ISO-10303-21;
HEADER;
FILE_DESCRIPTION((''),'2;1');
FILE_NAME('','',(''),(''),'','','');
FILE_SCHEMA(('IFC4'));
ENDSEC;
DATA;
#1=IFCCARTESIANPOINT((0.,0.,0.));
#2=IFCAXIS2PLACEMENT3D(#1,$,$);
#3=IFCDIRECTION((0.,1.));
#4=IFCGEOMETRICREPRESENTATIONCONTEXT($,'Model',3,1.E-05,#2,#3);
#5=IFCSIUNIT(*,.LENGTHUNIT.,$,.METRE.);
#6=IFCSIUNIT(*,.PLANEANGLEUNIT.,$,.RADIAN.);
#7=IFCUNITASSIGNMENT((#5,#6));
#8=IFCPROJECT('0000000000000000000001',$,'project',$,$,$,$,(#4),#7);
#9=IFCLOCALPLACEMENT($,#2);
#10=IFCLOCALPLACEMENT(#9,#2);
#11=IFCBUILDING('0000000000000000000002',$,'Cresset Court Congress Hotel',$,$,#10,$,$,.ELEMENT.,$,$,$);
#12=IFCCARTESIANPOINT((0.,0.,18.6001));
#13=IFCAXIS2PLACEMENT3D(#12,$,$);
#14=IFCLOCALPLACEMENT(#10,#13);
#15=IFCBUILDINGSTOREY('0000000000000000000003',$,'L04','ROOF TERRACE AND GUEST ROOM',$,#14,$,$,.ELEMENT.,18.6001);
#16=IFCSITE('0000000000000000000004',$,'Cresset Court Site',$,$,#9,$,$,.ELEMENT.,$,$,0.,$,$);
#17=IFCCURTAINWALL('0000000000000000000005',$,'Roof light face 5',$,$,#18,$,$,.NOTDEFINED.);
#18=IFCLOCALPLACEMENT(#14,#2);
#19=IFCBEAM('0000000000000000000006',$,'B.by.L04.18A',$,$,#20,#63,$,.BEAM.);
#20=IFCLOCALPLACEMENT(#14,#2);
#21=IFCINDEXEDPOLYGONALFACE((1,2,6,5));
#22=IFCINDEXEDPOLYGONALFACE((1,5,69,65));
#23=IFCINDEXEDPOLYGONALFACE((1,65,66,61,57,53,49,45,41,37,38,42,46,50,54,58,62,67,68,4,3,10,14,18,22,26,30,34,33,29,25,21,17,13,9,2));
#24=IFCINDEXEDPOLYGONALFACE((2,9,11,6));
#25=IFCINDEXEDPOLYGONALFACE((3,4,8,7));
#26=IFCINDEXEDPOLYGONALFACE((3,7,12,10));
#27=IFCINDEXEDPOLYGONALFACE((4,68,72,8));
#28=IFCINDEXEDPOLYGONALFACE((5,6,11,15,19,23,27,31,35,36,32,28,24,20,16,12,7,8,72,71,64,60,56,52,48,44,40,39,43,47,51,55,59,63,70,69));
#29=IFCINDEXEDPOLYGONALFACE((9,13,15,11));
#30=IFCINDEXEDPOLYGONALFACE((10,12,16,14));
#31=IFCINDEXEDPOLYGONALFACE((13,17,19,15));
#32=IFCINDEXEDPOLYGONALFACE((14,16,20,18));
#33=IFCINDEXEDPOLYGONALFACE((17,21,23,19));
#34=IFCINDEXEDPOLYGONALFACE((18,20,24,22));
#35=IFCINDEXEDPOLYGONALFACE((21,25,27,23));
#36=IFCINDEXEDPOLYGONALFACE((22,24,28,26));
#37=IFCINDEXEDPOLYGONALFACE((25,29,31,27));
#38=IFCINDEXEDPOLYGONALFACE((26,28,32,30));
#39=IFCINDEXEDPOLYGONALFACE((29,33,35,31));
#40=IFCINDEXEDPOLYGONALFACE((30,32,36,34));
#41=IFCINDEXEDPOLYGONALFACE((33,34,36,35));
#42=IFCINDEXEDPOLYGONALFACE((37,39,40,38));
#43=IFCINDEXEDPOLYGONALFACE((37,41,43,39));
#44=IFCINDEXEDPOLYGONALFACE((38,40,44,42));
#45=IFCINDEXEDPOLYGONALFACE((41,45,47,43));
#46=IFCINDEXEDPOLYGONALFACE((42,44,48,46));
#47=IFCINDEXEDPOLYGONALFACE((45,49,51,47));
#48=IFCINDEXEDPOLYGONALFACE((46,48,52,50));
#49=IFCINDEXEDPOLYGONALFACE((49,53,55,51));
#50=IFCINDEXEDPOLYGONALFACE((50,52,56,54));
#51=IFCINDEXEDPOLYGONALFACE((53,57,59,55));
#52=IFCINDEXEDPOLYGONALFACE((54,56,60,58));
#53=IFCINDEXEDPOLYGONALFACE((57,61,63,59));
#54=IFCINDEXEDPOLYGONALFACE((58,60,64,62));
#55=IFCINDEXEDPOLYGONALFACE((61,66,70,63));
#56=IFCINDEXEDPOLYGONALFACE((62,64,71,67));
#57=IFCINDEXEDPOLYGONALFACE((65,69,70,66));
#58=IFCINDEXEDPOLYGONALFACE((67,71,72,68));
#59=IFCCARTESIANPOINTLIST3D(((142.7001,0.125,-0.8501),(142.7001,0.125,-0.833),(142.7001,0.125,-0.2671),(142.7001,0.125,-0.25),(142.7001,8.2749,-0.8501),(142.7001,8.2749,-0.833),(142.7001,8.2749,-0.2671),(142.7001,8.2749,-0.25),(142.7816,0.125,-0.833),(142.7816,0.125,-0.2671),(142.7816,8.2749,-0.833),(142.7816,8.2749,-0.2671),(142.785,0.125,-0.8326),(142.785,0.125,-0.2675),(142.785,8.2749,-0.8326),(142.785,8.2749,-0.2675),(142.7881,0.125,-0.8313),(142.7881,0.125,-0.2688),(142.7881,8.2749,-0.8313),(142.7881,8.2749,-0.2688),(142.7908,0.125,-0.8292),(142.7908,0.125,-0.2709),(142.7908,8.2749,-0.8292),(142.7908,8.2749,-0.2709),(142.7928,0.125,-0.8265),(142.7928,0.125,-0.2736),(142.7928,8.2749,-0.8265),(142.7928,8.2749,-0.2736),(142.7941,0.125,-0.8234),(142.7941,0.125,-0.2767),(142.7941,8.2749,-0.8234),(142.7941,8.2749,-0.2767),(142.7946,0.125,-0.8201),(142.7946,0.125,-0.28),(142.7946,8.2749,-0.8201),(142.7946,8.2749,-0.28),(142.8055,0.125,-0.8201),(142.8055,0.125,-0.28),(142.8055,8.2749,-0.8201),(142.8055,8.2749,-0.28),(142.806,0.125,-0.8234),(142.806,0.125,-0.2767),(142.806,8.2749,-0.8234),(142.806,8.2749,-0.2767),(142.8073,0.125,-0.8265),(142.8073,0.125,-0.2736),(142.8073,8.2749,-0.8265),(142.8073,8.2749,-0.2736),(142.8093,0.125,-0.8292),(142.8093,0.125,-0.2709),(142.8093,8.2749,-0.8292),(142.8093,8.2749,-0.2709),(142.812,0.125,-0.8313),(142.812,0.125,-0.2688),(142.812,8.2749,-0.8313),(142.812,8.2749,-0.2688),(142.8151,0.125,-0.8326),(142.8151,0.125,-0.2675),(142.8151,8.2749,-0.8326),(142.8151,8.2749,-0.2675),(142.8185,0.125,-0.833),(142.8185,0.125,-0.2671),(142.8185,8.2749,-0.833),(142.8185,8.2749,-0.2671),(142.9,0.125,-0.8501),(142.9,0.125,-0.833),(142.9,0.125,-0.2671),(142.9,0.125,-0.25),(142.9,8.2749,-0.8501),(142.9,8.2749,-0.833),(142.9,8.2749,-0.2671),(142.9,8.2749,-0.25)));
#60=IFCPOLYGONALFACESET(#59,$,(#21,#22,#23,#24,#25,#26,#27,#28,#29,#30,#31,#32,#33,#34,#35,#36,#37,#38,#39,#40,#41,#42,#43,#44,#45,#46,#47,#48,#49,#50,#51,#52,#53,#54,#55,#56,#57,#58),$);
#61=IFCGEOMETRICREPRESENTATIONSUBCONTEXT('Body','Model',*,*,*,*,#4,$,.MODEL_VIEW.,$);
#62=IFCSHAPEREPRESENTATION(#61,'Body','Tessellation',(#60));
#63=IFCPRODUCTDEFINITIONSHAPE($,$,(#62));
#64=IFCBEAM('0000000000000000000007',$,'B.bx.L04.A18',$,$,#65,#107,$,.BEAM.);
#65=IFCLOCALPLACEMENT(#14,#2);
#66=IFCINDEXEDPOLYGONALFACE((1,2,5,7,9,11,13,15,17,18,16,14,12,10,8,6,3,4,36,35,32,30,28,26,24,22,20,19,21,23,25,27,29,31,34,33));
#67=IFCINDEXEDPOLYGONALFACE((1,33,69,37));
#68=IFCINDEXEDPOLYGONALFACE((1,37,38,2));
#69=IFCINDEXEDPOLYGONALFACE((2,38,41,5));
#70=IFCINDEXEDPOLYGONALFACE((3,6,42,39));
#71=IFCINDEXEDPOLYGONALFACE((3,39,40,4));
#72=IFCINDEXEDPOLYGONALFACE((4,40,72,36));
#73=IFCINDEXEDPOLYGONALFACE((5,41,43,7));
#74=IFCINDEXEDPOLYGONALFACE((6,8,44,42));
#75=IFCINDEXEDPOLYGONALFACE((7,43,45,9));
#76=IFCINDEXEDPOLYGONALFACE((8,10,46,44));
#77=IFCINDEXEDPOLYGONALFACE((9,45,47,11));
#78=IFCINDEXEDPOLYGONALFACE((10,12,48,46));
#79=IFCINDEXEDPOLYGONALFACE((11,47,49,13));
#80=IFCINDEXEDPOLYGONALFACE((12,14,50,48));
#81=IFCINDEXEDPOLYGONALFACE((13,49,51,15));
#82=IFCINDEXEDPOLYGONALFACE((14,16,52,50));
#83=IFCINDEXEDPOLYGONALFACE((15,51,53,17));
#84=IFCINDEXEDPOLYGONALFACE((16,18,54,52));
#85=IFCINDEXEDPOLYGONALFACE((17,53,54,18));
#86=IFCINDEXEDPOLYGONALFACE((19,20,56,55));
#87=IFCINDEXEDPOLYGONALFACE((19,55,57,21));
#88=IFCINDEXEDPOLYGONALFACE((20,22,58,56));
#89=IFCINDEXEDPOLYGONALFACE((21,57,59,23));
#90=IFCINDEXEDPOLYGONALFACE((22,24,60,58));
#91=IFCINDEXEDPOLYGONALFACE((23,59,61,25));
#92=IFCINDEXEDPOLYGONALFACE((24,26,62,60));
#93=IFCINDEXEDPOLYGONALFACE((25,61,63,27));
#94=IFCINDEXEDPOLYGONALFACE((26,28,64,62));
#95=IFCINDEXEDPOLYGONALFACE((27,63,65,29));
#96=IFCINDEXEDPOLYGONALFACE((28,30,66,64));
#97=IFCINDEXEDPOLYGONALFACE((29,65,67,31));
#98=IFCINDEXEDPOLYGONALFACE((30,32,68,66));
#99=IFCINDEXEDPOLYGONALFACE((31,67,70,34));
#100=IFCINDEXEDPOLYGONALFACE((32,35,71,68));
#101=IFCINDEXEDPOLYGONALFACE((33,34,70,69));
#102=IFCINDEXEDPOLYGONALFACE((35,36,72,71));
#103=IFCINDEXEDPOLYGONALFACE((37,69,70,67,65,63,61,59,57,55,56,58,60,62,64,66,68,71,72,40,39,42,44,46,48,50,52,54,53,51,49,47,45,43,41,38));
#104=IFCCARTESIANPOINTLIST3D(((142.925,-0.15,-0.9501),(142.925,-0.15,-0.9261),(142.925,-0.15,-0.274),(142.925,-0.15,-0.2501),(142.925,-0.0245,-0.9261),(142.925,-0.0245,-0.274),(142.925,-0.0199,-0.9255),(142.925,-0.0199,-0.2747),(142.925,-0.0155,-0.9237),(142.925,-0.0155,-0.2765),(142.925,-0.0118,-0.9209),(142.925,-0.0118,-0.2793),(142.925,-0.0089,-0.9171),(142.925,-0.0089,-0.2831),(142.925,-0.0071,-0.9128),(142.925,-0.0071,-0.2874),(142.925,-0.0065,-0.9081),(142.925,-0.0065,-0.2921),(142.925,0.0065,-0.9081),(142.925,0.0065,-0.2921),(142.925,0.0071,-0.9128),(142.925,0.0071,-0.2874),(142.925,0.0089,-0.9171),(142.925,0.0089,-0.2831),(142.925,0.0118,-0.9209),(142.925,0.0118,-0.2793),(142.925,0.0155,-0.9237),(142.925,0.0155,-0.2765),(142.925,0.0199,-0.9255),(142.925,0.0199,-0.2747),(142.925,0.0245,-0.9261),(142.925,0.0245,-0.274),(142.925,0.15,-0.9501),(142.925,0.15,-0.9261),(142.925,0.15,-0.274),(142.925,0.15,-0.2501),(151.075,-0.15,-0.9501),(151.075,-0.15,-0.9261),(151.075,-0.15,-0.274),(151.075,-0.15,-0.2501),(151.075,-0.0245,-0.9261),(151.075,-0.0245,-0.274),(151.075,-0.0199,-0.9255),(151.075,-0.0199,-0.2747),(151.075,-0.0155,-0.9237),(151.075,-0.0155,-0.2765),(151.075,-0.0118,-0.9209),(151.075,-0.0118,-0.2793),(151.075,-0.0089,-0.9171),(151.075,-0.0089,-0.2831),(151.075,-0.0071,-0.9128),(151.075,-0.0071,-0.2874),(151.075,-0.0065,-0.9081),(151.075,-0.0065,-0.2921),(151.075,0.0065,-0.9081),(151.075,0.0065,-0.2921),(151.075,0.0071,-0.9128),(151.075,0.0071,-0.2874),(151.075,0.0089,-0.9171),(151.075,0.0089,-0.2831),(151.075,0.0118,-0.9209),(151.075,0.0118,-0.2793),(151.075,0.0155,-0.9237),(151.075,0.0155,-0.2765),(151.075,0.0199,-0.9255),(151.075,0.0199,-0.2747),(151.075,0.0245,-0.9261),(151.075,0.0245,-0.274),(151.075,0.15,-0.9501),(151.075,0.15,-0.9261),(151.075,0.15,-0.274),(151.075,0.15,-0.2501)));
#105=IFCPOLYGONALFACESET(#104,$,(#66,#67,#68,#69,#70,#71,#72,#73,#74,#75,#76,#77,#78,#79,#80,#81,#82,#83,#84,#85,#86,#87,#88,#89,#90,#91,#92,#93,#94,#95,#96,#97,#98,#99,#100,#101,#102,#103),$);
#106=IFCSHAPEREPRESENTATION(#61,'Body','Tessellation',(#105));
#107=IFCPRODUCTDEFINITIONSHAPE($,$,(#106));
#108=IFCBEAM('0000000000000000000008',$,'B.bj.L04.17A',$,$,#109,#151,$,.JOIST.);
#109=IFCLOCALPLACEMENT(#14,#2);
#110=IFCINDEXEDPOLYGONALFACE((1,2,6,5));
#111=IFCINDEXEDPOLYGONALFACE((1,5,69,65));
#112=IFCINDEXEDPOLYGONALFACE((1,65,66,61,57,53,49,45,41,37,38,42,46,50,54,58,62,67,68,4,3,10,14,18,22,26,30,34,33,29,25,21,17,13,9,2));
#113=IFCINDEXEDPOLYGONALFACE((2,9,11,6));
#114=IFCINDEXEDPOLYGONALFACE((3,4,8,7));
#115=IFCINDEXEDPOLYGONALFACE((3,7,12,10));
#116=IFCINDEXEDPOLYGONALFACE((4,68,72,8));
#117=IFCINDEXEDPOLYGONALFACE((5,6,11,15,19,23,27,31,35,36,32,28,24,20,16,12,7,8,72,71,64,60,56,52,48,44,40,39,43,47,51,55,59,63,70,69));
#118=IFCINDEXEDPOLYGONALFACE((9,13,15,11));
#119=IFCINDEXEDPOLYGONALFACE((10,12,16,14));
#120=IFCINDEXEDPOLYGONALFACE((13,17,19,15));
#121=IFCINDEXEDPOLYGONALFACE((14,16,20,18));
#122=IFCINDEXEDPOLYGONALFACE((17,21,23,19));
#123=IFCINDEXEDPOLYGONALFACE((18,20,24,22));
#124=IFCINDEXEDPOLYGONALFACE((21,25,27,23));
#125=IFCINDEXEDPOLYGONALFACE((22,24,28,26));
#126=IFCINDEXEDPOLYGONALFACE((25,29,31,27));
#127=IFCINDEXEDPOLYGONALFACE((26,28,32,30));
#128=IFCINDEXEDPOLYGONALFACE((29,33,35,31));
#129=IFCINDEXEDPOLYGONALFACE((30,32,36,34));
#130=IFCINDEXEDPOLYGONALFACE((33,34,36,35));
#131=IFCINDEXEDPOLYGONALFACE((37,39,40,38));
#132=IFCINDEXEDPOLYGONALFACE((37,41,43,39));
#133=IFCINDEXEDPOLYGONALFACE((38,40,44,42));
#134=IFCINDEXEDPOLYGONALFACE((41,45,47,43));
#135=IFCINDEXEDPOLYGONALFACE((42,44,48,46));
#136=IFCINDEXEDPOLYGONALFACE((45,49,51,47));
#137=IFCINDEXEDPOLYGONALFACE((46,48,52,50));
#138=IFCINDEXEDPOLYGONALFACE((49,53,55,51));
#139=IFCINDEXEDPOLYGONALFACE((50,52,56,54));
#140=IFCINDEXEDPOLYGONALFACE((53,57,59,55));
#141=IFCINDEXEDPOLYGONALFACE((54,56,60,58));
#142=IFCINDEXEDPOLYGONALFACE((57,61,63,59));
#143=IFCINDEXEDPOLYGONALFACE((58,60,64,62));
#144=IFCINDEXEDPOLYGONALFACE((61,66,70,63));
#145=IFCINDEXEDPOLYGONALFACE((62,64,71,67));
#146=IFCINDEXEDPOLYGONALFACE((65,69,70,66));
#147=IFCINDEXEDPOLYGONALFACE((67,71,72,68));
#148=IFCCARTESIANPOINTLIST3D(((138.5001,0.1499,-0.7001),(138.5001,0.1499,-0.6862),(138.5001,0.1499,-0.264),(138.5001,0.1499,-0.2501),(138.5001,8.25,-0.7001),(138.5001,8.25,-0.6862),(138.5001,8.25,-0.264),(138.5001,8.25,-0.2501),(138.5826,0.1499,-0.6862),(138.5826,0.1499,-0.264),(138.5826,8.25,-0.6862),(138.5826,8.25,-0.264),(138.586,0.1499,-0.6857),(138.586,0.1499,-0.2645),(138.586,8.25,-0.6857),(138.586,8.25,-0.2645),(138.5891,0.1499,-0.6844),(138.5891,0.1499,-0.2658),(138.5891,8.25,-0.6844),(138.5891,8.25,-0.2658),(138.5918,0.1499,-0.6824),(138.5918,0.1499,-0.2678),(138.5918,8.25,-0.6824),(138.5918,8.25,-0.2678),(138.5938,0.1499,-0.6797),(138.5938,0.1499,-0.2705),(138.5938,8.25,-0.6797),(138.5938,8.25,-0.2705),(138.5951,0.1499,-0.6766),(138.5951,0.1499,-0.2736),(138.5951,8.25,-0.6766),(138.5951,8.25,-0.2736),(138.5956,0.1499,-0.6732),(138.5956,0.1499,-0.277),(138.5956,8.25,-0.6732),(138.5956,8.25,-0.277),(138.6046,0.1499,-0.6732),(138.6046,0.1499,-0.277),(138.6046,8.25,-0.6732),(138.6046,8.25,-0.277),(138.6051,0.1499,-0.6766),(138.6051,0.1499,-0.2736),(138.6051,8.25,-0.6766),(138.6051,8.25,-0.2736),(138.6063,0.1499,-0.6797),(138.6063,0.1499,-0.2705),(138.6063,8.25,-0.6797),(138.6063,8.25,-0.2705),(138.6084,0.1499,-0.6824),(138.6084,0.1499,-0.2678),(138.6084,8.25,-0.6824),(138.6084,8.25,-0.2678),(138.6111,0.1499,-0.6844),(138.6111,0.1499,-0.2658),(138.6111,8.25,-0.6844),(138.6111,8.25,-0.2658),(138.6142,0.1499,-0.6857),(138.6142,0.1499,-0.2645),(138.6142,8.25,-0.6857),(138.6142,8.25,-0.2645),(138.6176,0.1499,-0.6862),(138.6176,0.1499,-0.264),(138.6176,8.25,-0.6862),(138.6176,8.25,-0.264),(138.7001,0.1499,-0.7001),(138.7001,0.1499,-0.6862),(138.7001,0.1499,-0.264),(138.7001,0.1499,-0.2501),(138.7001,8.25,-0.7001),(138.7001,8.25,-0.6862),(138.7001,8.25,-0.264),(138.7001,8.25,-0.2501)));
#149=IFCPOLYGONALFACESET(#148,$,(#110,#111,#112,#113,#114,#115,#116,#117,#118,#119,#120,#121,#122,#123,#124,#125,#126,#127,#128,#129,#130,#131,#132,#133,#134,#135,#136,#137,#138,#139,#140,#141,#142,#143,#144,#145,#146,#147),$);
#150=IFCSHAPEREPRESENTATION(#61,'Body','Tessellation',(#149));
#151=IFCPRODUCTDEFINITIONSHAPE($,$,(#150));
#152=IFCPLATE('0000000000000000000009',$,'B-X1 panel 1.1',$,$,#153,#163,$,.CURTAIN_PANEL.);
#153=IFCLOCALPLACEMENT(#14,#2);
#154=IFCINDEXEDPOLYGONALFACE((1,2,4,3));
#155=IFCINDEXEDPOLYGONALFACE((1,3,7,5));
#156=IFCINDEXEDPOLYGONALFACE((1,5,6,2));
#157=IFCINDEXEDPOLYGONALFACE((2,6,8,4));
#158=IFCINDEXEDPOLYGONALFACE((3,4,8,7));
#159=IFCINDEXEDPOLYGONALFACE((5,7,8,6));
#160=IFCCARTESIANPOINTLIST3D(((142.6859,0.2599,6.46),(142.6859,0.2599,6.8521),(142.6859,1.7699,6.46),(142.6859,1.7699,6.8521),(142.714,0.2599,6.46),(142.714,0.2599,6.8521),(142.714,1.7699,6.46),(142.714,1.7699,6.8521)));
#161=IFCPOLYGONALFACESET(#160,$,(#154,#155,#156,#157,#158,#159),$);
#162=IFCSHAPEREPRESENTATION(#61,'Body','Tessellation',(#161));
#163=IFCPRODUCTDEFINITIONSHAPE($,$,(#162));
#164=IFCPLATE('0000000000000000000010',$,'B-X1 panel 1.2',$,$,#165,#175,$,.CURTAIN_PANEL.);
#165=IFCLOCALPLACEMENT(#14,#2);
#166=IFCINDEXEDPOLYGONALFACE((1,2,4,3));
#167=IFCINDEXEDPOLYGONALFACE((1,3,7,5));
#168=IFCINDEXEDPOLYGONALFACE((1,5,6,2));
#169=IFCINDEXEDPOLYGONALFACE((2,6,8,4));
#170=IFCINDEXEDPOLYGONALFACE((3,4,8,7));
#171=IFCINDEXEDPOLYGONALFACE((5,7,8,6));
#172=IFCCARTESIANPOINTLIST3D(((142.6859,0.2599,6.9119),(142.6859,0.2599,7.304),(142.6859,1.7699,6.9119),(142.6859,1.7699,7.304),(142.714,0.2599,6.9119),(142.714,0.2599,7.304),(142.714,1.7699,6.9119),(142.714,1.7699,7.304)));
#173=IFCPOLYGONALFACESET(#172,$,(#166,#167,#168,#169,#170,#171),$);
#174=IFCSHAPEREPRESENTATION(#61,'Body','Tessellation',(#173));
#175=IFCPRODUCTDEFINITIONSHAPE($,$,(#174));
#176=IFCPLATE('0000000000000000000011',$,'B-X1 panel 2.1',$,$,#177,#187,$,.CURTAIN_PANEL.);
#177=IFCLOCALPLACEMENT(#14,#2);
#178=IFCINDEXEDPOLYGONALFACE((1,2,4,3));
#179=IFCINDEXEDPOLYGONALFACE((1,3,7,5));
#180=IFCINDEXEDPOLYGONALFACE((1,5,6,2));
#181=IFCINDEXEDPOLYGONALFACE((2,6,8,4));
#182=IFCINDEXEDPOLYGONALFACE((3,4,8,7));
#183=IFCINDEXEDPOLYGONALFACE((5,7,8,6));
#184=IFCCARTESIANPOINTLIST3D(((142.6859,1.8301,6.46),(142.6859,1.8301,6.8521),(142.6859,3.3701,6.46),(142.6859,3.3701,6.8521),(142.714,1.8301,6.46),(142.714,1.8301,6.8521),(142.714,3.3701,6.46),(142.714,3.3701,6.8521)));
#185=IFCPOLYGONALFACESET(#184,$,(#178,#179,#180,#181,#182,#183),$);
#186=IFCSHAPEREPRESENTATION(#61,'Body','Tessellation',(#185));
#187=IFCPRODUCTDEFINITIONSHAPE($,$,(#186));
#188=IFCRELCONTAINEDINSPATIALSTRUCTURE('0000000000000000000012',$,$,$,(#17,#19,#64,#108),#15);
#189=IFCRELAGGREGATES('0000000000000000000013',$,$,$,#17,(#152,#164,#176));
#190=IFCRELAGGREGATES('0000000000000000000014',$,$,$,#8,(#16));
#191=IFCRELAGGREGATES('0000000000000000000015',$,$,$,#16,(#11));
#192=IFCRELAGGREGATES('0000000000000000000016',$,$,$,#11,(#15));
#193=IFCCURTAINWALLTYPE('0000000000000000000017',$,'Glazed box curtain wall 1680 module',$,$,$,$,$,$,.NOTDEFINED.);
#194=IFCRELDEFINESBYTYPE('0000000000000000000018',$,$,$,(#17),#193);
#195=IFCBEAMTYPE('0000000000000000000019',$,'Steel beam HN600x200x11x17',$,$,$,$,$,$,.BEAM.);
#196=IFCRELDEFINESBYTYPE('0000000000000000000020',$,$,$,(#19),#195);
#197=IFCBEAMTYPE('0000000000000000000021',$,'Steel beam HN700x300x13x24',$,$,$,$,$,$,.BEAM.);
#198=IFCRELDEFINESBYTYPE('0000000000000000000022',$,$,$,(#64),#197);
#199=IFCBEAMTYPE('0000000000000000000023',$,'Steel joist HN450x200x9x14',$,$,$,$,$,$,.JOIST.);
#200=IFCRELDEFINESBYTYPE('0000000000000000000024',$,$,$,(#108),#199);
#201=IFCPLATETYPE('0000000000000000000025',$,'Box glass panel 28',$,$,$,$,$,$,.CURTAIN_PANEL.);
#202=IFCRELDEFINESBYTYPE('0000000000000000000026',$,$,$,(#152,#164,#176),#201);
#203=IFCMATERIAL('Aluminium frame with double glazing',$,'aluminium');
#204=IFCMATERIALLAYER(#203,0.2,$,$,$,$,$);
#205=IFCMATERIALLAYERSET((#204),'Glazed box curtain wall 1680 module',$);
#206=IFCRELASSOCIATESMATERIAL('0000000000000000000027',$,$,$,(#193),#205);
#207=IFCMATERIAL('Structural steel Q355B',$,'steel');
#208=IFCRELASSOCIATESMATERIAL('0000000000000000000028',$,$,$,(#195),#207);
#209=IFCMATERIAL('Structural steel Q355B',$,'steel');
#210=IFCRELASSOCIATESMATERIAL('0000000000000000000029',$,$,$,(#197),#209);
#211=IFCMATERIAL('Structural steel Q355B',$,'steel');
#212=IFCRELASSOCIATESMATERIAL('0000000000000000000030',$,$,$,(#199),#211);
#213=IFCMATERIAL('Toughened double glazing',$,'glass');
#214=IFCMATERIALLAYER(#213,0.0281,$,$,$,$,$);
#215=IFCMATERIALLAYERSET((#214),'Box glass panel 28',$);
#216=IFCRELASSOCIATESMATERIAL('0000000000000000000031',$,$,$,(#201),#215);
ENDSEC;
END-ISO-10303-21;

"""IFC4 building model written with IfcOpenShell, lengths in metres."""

from ifc_helpers import new_model, si_unit, direction, frame, origin, origin_2d, place, context, subcontext, project, spatial, rectangle, i_section, extrude, material, layer, layer_set, material_profile, profile_set, type_object, element, aggregate, save


model = new_model("IFC4")

# Units and contexts
model_context = context("Model", 3, precision=1e-05, world=origin(), true_north=direction((0.0, 1.0)))
body_context = subcontext(model_context, "Body", "Model", "MODEL_VIEW")
ifc_project = project(units=[si_unit("LENGTHUNIT", "METRE"), si_unit("PLANEANGLEUNIT", "RADIAN")], contexts=[model_context])

# Site, building, storey
site_placement = place(None, origin())
site = spatial("IfcSite", under=ifc_project, at=site_placement, Name="Cresset Court Site", CompositionType="ELEMENT", RefElevation=0.0)
building_placement = place(site_placement, origin())
building = spatial("IfcBuilding", under=site, at=building_placement, Name="Cresset Court Congress Hotel", CompositionType="ELEMENT")
storey_placement = place(building_placement, frame((0.0, 0.0, 18.6001)))
storey = spatial("IfcBuildingStorey", under=building, at=storey_placement, Name="L04", Description="ROOF TERRACE AND GUEST ROOM", CompositionType="ELEMENT", Elevation=18.6001)

# Curtain wall
ifc_material_1 = material(Name="Aluminium frame with double glazing", Category="aluminium")
ifc_layer_1 = layer(ifc_material_1, 0.2)
ifc_layer_set_1 = layer_set([ifc_layer_1], Name="Glazed box curtain wall 1680 module")
curtain_wall_type = type_object("IfcCurtainWallType", Name="Glazed box curtain wall 1680 module", PredefinedType="NOTDEFINED", material=ifc_layer_set_1)
curtain_wall_placement = place(storey_placement, origin())
curtain_wall = element("IfcCurtainWall", 1, at=curtain_wall_placement, inside=storey, type_object=curtain_wall_type, Name="Roof light face 5", PredefinedType="NOTDEFINED")

# Beams
ifc_material_2 = material(Name="Structural steel Q355B", Category="steel")
ifc_material_profile_1 = material_profile(ifc_material_2, i_section(OverallWidth=0.2, OverallDepth=0.6001, WebThickness=0.011, FlangeThickness=0.0171, FilletRadius=0.0129, at=origin_2d()), Name="HN600x200x11x17")
ifc_profile_set_1 = profile_set([ifc_material_profile_1], Name="Structural steel Q355B")
beam_type_1 = type_object("IfcBeamType", Name="Steel beam HN600x200x11x17", PredefinedType="BEAM", material=ifc_profile_set_1)
beam_1_placement = place(storey_placement, frame((142.8, 0.125, -0.55), z_axis=(0.0, 1.0, 0.0), x_axis=(-1.0, 0.0, 0.0)))
element("IfcBeam", 2, at=beam_1_placement, inside=storey, type_object=beam_type_1, Name="B.by.L04.18A", PredefinedType="BEAM", context=body_context, shape_type="SweptSolid", body=[
    extrude(i_section(OverallWidth=0.2, OverallDepth=0.6001, WebThickness=0.011, FlangeThickness=0.0171, FilletRadius=0.0129, at=origin_2d()), origin(), (0.0, 0.0, 1.0), 8.1499),
])
ifc_material_3 = material(Name="Structural steel Q355B", Category="steel")
ifc_material_profile_2 = material_profile(ifc_material_3, i_section(OverallWidth=0.3, OverallDepth=0.7, WebThickness=0.0129, FlangeThickness=0.0239, FilletRadius=0.0181, at=origin_2d()), Name="HN700x300x13x24")
ifc_profile_set_2 = profile_set([ifc_material_profile_2], Name="Structural steel Q355B")
beam_type_2 = type_object("IfcBeamType", Name="Steel beam HN700x300x13x24", PredefinedType="BEAM", material=ifc_profile_set_2)
beam_2_placement = place(storey_placement, frame((142.925, 0.0, -0.6001), z_axis=(1.0, 0.0, 0.0), x_axis=(0.0, 1.0, 0.0)))
element("IfcBeam", 3, at=beam_2_placement, inside=storey, type_object=beam_type_2, Name="B.bx.L04.A18", PredefinedType="BEAM", context=body_context, shape_type="SweptSolid", body=[
    extrude(i_section(OverallWidth=0.3, OverallDepth=0.7, WebThickness=0.0129, FlangeThickness=0.0239, FilletRadius=0.0181, at=origin_2d()), origin(), (0.0, 0.0, 1.0), 8.1499),
])
ifc_material_4 = material(Name="Structural steel Q355B", Category="steel")
ifc_material_profile_3 = material_profile(ifc_material_4, i_section(OverallWidth=0.2, OverallDepth=0.45, WebThickness=0.009, FlangeThickness=0.0139, FilletRadius=0.0129, at=origin_2d()), Name="HN450x200x9x14")
ifc_profile_set_3 = profile_set([ifc_material_profile_3], Name="Structural steel Q355B")
beam_type_3 = type_object("IfcBeamType", Name="Steel joist HN450x200x9x14", PredefinedType="JOIST", material=ifc_profile_set_3)
beam_3_placement = place(storey_placement, frame((138.6001, 0.1499, -0.4751), z_axis=(0.0, 1.0, 0.0), x_axis=(-1.0, 0.0, 0.0)))
element("IfcBeam", 4, at=beam_3_placement, inside=storey, type_object=beam_type_3, Name="B.bj.L04.17A", PredefinedType="JOIST", context=body_context, shape_type="SweptSolid", body=[
    extrude(i_section(OverallWidth=0.2, OverallDepth=0.45, WebThickness=0.009, FlangeThickness=0.0139, FilletRadius=0.0129, at=origin_2d()), origin(), (0.0, 0.0, 1.0), 8.1001),
])

# Plates
ifc_material_5 = material(Name="Toughened double glazing", Category="glass")
ifc_layer_2 = layer(ifc_material_5, 0.0281)
ifc_layer_set_2 = layer_set([ifc_layer_2], Name="Box glass panel 28")
plate_type_1 = type_object("IfcPlateType", Name="Box glass panel 28", PredefinedType="CURTAIN_PANEL", material=ifc_layer_set_2)
plate_1_placement = place(storey_placement, frame((142.7, 1.0149, 6.46), z_axis=(0.0, 0.0, 1.0), x_axis=(0.0, 1.0, 0.0)))
plate_1 = element("IfcPlate", 5, at=plate_1_placement, type_object=plate_type_1, Name="B-X1 panel 1.1", PredefinedType="CURTAIN_PANEL", context=body_context, shape_type="SweptSolid", body=[
    extrude(rectangle(XDim=1.51, YDim=0.0281, at=origin_2d()), origin(), (0.0, 0.0, 1.0), 0.3921),
])
plate_2_placement = place(storey_placement, frame((142.7, 1.0149, 6.9119), z_axis=(0.0, 0.0, 1.0), x_axis=(0.0, 1.0, 0.0)))
plate_2 = element("IfcPlate", 6, at=plate_2_placement, type_object=plate_type_1, Name="B-X1 panel 1.2", PredefinedType="CURTAIN_PANEL", context=body_context, shape_type="SweptSolid", body=[
    extrude(rectangle(XDim=1.51, YDim=0.0281, at=origin_2d()), origin(), (0.0, 0.0, 1.0), 0.3921),
])
plate_3_placement = place(storey_placement, frame((142.7, 2.6001, 6.46), z_axis=(0.0, 0.0, 1.0), x_axis=(0.0, 1.0, 0.0)))
plate_3 = element("IfcPlate", 7, at=plate_3_placement, type_object=plate_type_1, Name="B-X1 panel 2.1", PredefinedType="CURTAIN_PANEL", context=body_context, shape_type="SweptSolid", body=[
    extrude(rectangle(XDim=1.54, YDim=0.0281, at=origin_2d()), origin(), (0.0, 0.0, 1.0), 0.3921),
])
aggregate(curtain_wall, [plate_1, plate_2, plate_3])

save(model, "model.ifc")
